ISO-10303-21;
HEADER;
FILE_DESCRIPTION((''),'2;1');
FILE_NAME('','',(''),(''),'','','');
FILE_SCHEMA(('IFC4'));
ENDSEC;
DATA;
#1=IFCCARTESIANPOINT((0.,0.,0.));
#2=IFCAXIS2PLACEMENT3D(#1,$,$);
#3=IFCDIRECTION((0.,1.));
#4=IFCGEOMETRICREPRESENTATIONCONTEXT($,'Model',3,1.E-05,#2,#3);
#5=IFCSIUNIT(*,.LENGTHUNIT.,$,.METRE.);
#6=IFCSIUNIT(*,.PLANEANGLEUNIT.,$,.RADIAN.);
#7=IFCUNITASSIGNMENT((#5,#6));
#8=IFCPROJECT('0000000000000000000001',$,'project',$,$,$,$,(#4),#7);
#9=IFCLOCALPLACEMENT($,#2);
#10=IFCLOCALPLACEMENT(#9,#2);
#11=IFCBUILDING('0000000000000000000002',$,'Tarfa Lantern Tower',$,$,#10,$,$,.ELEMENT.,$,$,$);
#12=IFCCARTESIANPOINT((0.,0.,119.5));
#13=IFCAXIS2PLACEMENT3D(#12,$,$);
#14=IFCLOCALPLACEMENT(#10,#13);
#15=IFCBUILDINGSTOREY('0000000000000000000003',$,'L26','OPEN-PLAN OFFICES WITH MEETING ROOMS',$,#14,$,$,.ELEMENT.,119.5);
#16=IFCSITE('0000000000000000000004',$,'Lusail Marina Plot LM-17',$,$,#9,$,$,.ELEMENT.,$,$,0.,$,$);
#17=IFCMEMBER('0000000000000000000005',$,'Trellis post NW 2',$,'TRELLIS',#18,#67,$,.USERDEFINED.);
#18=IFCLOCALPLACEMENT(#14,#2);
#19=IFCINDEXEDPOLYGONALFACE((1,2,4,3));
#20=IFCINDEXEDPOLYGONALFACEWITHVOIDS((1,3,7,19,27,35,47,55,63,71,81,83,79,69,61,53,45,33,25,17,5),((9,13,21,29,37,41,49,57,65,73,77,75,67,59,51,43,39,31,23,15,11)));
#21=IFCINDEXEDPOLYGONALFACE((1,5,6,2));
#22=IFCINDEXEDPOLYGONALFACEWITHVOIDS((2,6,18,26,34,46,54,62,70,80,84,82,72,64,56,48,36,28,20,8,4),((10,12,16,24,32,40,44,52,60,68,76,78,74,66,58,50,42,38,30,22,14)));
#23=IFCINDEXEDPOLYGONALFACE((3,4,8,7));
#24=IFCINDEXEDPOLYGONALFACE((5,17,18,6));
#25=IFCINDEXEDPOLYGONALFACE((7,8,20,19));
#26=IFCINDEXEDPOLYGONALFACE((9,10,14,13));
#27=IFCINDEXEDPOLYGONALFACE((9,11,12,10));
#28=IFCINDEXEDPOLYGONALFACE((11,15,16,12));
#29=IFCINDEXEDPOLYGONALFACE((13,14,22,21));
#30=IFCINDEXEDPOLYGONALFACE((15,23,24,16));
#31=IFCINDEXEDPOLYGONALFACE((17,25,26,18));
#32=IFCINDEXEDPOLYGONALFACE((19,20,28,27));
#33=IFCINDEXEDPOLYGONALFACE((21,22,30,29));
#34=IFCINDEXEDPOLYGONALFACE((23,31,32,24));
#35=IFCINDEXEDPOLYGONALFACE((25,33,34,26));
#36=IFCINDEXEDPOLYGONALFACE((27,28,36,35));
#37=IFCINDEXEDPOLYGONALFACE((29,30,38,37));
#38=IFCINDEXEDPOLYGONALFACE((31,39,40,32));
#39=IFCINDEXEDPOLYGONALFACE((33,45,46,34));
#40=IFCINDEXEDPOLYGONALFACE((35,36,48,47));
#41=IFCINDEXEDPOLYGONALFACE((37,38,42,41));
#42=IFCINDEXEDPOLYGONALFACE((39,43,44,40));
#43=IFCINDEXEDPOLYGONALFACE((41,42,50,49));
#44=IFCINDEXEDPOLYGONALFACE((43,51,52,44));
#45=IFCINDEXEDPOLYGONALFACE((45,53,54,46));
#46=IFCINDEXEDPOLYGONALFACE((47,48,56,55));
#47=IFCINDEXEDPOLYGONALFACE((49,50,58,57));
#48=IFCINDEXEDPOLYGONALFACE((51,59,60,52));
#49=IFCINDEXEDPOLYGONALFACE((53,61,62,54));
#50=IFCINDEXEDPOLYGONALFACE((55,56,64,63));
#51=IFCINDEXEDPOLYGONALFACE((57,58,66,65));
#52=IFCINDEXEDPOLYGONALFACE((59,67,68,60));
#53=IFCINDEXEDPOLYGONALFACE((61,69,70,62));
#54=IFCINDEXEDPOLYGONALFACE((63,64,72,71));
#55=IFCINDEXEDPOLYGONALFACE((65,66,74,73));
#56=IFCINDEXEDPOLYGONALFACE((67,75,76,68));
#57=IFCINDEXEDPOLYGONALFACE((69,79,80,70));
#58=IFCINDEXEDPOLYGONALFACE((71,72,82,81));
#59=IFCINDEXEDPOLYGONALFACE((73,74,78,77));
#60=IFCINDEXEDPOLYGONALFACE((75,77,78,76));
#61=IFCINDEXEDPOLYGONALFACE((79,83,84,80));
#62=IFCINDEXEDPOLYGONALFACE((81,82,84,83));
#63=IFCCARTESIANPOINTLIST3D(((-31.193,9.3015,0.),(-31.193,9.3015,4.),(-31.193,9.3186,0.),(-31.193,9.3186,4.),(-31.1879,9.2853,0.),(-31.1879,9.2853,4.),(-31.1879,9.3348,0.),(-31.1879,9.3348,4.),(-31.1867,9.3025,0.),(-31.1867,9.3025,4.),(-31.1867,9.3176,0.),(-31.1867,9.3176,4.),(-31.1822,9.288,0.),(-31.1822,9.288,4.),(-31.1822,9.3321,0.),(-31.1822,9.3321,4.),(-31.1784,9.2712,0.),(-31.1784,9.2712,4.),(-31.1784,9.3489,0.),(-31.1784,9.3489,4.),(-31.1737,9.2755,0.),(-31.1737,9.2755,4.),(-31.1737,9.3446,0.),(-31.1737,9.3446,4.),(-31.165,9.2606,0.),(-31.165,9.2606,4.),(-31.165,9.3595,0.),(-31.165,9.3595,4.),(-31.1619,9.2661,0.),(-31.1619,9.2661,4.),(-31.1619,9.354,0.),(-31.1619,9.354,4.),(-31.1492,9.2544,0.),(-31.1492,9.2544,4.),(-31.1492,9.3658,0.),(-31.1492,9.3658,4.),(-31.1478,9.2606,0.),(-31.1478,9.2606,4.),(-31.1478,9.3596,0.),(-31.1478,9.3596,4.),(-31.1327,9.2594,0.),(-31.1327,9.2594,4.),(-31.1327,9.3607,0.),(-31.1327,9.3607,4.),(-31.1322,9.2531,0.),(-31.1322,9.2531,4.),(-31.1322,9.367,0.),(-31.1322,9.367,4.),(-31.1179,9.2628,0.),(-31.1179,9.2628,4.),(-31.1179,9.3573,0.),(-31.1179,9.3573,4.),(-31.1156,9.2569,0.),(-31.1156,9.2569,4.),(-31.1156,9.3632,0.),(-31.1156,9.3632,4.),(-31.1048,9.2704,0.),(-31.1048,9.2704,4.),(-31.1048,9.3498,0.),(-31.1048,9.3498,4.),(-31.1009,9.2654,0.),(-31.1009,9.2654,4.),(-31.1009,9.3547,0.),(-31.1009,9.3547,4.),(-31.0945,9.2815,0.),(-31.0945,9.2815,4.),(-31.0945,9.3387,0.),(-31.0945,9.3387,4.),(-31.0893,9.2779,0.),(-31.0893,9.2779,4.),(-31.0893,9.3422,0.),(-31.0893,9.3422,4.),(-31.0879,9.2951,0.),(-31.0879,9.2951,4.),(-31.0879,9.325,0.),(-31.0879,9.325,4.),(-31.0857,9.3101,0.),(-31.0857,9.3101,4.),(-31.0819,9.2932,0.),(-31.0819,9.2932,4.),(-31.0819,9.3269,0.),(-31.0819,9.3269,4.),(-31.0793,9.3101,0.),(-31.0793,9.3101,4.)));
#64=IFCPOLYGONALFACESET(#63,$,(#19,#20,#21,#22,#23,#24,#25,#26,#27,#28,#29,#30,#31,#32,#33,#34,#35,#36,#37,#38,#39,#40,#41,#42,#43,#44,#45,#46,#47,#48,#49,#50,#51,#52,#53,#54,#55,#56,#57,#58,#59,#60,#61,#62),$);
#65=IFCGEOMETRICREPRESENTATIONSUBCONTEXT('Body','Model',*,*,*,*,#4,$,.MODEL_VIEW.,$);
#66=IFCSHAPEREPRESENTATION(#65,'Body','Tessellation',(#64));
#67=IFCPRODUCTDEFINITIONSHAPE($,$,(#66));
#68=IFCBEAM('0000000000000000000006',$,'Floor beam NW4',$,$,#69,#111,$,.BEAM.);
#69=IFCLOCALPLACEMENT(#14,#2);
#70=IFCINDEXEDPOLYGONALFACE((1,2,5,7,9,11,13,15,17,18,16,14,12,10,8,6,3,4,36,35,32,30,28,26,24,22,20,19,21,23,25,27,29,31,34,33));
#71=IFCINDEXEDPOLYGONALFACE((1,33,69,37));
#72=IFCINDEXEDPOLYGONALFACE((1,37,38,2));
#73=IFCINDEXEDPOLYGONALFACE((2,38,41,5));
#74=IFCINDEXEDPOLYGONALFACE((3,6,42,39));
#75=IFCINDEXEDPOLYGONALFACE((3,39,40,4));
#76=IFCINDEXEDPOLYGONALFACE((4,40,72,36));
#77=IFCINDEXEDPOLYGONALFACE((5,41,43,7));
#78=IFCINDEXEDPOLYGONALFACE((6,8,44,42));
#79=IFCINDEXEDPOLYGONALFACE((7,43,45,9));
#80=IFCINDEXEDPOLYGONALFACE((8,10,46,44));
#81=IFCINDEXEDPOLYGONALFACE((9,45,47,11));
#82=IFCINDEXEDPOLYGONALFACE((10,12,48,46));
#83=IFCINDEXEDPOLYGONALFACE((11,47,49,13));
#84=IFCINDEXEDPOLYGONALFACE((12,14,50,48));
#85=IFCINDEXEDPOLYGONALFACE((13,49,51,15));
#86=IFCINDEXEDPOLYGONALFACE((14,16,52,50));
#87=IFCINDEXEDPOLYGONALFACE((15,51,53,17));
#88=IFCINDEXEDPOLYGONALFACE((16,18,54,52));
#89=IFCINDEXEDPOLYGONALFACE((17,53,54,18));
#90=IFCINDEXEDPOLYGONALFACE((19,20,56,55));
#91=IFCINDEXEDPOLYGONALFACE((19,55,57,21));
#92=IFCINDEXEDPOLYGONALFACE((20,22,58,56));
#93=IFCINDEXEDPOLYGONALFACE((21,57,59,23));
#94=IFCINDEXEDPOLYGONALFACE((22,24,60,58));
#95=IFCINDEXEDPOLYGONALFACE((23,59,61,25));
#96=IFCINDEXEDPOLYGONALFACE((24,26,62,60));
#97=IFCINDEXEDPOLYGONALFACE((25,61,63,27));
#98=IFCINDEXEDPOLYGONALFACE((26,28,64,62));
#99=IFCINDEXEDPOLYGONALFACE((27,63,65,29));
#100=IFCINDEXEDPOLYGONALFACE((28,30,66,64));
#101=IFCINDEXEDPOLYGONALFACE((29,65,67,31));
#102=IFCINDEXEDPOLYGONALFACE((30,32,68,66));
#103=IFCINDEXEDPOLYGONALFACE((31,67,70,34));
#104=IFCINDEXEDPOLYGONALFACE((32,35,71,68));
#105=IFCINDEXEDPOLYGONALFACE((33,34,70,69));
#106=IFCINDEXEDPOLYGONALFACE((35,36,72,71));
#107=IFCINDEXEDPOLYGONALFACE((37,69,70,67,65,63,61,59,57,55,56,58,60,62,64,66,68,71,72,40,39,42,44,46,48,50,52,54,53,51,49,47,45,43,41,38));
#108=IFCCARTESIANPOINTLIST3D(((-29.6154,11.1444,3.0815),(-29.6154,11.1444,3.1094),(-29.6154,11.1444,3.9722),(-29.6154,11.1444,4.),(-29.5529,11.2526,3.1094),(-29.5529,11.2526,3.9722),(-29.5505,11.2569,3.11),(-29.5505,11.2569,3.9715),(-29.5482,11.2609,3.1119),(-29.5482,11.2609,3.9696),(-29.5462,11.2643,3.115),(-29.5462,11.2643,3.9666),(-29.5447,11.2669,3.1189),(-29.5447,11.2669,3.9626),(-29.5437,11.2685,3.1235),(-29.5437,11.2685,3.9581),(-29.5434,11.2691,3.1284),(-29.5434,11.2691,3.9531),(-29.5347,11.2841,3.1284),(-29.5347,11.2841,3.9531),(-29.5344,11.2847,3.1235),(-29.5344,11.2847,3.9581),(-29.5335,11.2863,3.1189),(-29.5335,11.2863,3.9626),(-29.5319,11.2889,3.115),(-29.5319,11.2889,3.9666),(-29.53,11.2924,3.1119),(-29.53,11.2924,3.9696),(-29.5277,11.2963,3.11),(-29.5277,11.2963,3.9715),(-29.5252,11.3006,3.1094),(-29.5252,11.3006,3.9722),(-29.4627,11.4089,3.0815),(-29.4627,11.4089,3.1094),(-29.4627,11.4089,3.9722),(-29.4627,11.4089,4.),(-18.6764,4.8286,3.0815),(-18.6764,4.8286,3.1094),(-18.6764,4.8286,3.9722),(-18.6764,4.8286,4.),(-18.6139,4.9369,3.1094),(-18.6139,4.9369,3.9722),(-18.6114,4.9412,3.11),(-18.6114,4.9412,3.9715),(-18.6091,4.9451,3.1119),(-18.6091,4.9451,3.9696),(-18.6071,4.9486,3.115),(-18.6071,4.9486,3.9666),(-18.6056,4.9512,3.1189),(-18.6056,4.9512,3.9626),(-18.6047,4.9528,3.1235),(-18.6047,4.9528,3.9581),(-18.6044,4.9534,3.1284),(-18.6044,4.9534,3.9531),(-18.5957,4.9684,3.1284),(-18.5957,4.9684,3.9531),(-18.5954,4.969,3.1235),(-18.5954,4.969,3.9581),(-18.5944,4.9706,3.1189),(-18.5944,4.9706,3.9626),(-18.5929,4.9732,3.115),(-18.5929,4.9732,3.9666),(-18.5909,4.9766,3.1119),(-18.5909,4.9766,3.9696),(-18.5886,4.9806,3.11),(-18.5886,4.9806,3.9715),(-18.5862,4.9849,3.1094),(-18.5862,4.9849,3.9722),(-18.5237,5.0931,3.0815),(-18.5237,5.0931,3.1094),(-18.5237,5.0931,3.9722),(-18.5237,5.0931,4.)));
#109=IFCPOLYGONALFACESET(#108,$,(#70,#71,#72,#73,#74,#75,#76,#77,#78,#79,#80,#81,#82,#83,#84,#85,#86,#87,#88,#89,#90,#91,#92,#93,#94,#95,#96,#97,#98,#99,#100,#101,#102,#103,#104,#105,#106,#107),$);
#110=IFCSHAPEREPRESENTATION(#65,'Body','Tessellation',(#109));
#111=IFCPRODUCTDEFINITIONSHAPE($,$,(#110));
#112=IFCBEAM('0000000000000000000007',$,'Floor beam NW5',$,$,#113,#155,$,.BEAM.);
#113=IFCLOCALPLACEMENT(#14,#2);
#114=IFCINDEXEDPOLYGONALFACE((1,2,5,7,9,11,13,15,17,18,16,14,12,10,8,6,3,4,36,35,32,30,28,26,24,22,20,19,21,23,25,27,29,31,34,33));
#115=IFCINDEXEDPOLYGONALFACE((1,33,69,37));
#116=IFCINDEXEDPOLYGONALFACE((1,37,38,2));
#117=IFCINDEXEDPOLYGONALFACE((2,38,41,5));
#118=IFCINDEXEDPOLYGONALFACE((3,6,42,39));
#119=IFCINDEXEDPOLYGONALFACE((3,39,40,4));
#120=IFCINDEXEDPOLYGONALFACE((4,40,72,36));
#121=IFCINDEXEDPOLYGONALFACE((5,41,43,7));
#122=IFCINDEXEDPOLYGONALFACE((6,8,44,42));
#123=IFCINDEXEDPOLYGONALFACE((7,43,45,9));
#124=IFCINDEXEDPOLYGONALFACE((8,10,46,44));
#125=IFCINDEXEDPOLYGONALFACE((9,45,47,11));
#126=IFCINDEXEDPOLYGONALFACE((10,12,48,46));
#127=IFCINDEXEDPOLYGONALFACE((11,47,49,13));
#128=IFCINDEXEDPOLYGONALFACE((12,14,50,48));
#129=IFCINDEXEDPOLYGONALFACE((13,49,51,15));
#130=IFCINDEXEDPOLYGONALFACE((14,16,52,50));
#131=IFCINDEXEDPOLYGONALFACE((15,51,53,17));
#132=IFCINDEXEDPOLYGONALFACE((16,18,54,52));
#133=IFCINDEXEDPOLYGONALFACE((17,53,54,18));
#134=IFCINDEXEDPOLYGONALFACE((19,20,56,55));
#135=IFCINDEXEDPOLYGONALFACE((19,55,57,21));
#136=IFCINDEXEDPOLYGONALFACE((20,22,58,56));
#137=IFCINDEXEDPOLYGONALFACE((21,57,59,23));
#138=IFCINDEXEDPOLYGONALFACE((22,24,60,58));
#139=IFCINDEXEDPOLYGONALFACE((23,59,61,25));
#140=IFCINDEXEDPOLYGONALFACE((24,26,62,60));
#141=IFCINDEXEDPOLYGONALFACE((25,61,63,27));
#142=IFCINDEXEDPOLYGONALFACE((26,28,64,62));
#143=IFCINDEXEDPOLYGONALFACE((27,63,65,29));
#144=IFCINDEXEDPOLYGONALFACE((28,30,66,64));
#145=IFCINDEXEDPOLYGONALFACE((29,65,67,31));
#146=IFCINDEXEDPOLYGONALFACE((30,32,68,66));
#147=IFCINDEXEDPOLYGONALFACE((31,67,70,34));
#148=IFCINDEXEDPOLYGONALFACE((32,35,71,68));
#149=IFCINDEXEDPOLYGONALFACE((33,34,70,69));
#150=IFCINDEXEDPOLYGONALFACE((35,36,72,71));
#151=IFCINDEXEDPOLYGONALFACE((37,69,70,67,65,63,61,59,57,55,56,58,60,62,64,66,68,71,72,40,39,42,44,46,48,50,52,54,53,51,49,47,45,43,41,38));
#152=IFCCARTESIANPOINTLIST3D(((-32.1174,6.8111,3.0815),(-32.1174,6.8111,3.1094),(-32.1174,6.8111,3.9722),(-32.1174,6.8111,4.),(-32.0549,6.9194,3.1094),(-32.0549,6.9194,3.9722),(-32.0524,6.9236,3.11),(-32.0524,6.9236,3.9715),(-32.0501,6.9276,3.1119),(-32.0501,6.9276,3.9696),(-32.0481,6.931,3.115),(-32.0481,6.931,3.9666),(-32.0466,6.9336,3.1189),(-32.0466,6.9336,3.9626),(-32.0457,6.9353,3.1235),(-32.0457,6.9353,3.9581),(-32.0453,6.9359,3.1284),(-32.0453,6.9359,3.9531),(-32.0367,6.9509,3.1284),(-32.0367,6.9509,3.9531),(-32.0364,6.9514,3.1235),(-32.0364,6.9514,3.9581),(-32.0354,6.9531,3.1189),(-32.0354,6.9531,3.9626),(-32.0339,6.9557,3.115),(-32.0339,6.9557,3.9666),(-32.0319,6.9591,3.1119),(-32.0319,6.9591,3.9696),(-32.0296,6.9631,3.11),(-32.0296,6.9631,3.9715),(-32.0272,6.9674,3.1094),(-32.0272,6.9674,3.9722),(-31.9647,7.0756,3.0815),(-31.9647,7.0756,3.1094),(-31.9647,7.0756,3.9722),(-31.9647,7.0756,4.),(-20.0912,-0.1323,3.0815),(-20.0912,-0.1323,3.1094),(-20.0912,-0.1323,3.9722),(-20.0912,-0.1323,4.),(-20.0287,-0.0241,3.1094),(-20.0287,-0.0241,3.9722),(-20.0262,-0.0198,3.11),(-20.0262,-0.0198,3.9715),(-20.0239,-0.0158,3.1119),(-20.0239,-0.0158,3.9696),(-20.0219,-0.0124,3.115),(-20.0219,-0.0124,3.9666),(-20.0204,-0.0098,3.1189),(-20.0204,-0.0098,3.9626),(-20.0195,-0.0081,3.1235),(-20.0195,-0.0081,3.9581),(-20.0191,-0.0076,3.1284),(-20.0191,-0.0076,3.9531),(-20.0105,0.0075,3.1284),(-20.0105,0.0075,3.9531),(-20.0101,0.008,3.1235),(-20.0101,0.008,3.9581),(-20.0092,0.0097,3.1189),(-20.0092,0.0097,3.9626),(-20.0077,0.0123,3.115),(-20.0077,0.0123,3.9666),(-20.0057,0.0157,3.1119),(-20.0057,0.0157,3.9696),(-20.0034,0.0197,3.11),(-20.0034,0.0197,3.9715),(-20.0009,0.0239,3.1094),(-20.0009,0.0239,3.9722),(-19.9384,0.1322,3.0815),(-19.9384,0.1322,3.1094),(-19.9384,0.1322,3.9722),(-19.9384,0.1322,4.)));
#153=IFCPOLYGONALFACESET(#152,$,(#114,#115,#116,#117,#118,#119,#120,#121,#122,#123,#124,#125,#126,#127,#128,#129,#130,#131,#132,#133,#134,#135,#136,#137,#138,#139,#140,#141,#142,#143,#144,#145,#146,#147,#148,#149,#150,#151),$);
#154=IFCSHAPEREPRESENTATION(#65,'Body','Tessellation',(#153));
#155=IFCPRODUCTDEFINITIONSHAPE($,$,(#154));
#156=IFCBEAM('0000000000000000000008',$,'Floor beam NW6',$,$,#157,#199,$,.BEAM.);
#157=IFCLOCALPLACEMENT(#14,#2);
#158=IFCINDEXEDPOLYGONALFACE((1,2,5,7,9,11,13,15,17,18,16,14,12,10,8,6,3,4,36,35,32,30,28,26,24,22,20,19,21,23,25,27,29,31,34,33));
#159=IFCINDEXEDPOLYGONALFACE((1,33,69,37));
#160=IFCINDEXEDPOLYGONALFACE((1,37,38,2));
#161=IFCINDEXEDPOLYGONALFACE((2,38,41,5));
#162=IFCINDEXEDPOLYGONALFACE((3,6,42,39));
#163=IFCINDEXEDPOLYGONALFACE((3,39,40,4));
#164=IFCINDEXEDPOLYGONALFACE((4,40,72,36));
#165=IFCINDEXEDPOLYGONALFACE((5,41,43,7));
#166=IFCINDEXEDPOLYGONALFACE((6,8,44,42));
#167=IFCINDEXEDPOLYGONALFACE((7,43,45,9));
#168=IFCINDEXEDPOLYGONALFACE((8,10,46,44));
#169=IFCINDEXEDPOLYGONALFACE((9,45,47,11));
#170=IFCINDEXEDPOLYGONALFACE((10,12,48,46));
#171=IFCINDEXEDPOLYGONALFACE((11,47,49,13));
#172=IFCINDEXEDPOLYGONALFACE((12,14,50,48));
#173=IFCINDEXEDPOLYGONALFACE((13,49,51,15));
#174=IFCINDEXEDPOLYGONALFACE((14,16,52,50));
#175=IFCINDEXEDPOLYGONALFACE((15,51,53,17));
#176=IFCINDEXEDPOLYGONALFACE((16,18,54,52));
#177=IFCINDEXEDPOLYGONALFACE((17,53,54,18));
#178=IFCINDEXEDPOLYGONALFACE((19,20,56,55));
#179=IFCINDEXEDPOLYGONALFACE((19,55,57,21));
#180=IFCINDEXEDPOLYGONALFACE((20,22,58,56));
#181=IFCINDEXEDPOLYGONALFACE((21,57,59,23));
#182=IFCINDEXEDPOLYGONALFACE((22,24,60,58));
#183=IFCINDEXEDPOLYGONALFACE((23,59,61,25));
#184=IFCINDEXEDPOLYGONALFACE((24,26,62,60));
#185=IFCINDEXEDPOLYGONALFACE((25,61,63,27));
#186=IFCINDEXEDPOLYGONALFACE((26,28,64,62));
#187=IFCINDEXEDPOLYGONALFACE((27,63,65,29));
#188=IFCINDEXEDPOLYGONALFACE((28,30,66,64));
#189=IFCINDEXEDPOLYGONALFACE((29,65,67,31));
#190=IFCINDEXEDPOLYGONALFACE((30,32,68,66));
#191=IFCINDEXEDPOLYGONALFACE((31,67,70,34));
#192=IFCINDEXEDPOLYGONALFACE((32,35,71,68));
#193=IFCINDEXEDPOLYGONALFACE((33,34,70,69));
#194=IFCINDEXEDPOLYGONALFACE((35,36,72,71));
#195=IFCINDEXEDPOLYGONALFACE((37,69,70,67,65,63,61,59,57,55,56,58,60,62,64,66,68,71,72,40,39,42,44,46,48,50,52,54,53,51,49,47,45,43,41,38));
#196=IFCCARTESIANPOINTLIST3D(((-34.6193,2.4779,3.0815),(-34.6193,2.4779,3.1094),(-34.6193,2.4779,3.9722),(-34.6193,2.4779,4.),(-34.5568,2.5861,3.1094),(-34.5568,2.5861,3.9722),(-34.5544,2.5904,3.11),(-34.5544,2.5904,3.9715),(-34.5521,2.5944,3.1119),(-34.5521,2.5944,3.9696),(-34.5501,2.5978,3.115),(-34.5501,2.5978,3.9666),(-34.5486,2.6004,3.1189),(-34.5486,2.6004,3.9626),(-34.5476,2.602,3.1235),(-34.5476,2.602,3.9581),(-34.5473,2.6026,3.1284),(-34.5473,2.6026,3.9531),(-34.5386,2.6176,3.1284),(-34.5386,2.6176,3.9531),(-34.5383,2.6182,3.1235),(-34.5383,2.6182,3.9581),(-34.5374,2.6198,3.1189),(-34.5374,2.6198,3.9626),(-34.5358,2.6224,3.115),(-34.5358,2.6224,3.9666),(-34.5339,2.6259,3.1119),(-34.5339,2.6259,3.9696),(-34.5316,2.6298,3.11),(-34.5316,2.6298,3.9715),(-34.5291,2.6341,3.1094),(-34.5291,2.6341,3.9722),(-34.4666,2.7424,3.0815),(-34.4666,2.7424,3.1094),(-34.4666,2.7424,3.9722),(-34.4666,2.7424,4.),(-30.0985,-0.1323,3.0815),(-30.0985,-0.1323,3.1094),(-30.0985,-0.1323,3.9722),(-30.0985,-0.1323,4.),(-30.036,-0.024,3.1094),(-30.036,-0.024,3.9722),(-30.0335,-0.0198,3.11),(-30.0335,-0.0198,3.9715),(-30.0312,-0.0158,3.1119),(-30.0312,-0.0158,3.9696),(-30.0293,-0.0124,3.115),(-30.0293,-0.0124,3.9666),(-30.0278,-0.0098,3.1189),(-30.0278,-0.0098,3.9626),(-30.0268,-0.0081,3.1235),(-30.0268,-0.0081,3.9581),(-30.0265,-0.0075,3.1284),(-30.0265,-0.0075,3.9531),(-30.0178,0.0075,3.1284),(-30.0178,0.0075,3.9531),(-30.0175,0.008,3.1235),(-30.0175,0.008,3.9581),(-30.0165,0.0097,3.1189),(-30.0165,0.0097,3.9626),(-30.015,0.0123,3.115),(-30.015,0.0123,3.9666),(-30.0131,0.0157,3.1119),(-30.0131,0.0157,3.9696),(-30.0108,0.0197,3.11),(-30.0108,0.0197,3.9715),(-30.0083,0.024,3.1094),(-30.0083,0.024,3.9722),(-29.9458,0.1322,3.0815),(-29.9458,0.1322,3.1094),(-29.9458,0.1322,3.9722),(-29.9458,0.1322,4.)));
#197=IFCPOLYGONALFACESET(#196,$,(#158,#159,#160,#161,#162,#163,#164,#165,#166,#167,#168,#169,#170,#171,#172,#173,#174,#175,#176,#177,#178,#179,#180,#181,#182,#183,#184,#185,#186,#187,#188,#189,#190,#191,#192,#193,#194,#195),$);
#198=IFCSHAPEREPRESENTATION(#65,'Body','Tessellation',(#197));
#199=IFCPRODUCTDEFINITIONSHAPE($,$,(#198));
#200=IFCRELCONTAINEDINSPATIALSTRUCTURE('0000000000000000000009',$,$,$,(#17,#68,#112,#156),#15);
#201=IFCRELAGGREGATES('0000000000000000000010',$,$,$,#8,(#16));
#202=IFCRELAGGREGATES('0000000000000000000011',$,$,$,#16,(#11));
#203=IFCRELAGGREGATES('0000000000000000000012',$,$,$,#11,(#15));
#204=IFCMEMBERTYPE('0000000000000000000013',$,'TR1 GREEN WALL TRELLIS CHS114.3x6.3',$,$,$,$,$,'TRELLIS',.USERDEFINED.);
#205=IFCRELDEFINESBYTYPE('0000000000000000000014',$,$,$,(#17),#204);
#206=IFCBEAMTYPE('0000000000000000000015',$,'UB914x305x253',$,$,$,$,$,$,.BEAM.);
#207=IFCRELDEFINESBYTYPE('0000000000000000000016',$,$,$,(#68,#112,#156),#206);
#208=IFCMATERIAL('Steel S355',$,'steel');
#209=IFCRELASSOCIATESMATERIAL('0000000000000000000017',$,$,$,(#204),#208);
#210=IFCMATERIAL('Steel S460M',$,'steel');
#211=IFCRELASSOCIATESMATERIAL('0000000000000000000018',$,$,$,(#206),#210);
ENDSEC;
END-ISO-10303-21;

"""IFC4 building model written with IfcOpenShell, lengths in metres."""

from ifc_helpers import new_model, si_unit, direction, frame, origin, origin_2d, place, context, subcontext, project, spatial, hollow_circle, i_section, extrude, material, material_profile, profile_set, type_object, element, save


model = new_model("IFC4")

# Units and contexts
model_context = context("Model", 3, precision=1e-05, world=origin(), true_north=direction((0.0, 1.0)))
body_context = subcontext(model_context, "Body", "Model", "MODEL_VIEW")
ifc_project = project(units=[si_unit("LENGTHUNIT", "METRE"), si_unit("PLANEANGLEUNIT", "RADIAN")], contexts=[model_context])

# Site, building, storey
site_placement = place(None, origin())
site = spatial("IfcSite", under=ifc_project, at=site_placement, Name="Lusail Marina Plot LM-17", CompositionType="ELEMENT", RefElevation=0.0)
building_placement = place(site_placement, origin())
building = spatial("IfcBuilding", under=site, at=building_placement, Name="Tarfa Lantern Tower", CompositionType="ELEMENT")
storey_placement = place(building_placement, frame((0.0, 0.0, 119.5)))
storey = spatial("IfcBuildingStorey", under=building, at=storey_placement, Name="L26", Description="OPEN-PLAN OFFICES WITH MEETING ROOMS", CompositionType="ELEMENT", Elevation=119.5)

# Member
ifc_material_1 = material(Name="Steel S355", Category="steel")
ifc_material_profile_1 = material_profile(ifc_material_1, hollow_circle(Radius=0.0571, WallThickness=0.0063, at=origin_2d()), Name="CHS114.3x6.3")
ifc_profile_set_1 = profile_set([ifc_material_profile_1], Name="Steel S355")
member_type_1 = type_object("IfcMemberType", Name="TR1 GREEN WALL TRELLIS CHS114.3x6.3", ElementType="TRELLIS", PredefinedType="USERDEFINED", material=ifc_profile_set_1)
member_1_placement = place(storey_placement, frame((-31.1365, 9.3101, 0.0), z_axis=(0.0, 0.0, 1.0), x_axis=(1.0, 0.0, 0.0)))
element("IfcMember", 1, at=member_1_placement, inside=storey, type_object=member_type_1, Name="Trellis post NW 2", ObjectType="TRELLIS", PredefinedType="USERDEFINED", context=body_context, shape_type="SweptSolid", body=[
    extrude(hollow_circle(Radius=0.0571, WallThickness=0.0063, at=origin_2d()), origin(), (0.0, 0.0, 1.0), 4.0),
])

# Beams
ifc_material_2 = material(Name="Steel S460M", Category="steel")
ifc_material_profile_2 = material_profile(ifc_material_2, i_section(OverallWidth=0.3054, OverallDepth=0.9185, WebThickness=0.0173, FlangeThickness=0.0278, FilletRadius=0.019, at=origin_2d()), Name="UB914x305x253")
ifc_profile_set_2 = profile_set([ifc_material_profile_2], Name="Steel S460M")
beam_type_1 = type_object("IfcBeamType", Name="UB914x305x253", PredefinedType="BEAM", material=ifc_profile_set_2)
beam_1_placement = place(storey_placement, frame((-29.5391, 11.2766, 3.5408), z_axis=(0.866023, -0.500004, 0.0), x_axis=(0.500004, 0.866023, 0.0)))
element("IfcBeam", 2, at=beam_1_placement, inside=storey, type_object=beam_type_1, Name="Floor beam NW4", PredefinedType="BEAM", context=body_context, shape_type="SweptSolid", body=[
    extrude(i_section(OverallWidth=0.3054, OverallDepth=0.9185, WebThickness=0.0173, FlangeThickness=0.0278, FilletRadius=0.019, at=origin_2d()), origin(), (0.0, 0.0, 1.0), 12.6313),
])
beam_2_placement = place(storey_placement, frame((-32.041, 6.9434, 3.5408), z_axis=(0.866023, -0.500004, 0.0), x_axis=(0.500004, 0.866023, 0.0)))
element("IfcBeam", 3, at=beam_2_placement, inside=storey, type_object=beam_type_1, Name="Floor beam NW5", PredefinedType="BEAM", context=body_context, shape_type="SweptSolid", body=[
    extrude(i_section(OverallWidth=0.3054, OverallDepth=0.9185, WebThickness=0.0173, FlangeThickness=0.0278, FilletRadius=0.019, at=origin_2d()), origin(), (0.0, 0.0, 1.0), 13.8867),
])
beam_3_placement = place(storey_placement, frame((-34.543, 2.6101, 3.5408), z_axis=(0.866021, -0.500007, 0.0), x_axis=(0.500007, 0.866021, 0.0)))
element("IfcBeam", 4, at=beam_3_placement, inside=storey, type_object=beam_type_1, Name="Floor beam NW6", PredefinedType="BEAM", context=body_context, shape_type="SweptSolid", body=[
    extrude(i_section(OverallWidth=0.3054, OverallDepth=0.9185, WebThickness=0.0173, FlangeThickness=0.0278, FilletRadius=0.019, at=origin_2d()), origin(), (0.0, 0.0, 1.0), 5.2202),
])

save(model, "model.ifc")
